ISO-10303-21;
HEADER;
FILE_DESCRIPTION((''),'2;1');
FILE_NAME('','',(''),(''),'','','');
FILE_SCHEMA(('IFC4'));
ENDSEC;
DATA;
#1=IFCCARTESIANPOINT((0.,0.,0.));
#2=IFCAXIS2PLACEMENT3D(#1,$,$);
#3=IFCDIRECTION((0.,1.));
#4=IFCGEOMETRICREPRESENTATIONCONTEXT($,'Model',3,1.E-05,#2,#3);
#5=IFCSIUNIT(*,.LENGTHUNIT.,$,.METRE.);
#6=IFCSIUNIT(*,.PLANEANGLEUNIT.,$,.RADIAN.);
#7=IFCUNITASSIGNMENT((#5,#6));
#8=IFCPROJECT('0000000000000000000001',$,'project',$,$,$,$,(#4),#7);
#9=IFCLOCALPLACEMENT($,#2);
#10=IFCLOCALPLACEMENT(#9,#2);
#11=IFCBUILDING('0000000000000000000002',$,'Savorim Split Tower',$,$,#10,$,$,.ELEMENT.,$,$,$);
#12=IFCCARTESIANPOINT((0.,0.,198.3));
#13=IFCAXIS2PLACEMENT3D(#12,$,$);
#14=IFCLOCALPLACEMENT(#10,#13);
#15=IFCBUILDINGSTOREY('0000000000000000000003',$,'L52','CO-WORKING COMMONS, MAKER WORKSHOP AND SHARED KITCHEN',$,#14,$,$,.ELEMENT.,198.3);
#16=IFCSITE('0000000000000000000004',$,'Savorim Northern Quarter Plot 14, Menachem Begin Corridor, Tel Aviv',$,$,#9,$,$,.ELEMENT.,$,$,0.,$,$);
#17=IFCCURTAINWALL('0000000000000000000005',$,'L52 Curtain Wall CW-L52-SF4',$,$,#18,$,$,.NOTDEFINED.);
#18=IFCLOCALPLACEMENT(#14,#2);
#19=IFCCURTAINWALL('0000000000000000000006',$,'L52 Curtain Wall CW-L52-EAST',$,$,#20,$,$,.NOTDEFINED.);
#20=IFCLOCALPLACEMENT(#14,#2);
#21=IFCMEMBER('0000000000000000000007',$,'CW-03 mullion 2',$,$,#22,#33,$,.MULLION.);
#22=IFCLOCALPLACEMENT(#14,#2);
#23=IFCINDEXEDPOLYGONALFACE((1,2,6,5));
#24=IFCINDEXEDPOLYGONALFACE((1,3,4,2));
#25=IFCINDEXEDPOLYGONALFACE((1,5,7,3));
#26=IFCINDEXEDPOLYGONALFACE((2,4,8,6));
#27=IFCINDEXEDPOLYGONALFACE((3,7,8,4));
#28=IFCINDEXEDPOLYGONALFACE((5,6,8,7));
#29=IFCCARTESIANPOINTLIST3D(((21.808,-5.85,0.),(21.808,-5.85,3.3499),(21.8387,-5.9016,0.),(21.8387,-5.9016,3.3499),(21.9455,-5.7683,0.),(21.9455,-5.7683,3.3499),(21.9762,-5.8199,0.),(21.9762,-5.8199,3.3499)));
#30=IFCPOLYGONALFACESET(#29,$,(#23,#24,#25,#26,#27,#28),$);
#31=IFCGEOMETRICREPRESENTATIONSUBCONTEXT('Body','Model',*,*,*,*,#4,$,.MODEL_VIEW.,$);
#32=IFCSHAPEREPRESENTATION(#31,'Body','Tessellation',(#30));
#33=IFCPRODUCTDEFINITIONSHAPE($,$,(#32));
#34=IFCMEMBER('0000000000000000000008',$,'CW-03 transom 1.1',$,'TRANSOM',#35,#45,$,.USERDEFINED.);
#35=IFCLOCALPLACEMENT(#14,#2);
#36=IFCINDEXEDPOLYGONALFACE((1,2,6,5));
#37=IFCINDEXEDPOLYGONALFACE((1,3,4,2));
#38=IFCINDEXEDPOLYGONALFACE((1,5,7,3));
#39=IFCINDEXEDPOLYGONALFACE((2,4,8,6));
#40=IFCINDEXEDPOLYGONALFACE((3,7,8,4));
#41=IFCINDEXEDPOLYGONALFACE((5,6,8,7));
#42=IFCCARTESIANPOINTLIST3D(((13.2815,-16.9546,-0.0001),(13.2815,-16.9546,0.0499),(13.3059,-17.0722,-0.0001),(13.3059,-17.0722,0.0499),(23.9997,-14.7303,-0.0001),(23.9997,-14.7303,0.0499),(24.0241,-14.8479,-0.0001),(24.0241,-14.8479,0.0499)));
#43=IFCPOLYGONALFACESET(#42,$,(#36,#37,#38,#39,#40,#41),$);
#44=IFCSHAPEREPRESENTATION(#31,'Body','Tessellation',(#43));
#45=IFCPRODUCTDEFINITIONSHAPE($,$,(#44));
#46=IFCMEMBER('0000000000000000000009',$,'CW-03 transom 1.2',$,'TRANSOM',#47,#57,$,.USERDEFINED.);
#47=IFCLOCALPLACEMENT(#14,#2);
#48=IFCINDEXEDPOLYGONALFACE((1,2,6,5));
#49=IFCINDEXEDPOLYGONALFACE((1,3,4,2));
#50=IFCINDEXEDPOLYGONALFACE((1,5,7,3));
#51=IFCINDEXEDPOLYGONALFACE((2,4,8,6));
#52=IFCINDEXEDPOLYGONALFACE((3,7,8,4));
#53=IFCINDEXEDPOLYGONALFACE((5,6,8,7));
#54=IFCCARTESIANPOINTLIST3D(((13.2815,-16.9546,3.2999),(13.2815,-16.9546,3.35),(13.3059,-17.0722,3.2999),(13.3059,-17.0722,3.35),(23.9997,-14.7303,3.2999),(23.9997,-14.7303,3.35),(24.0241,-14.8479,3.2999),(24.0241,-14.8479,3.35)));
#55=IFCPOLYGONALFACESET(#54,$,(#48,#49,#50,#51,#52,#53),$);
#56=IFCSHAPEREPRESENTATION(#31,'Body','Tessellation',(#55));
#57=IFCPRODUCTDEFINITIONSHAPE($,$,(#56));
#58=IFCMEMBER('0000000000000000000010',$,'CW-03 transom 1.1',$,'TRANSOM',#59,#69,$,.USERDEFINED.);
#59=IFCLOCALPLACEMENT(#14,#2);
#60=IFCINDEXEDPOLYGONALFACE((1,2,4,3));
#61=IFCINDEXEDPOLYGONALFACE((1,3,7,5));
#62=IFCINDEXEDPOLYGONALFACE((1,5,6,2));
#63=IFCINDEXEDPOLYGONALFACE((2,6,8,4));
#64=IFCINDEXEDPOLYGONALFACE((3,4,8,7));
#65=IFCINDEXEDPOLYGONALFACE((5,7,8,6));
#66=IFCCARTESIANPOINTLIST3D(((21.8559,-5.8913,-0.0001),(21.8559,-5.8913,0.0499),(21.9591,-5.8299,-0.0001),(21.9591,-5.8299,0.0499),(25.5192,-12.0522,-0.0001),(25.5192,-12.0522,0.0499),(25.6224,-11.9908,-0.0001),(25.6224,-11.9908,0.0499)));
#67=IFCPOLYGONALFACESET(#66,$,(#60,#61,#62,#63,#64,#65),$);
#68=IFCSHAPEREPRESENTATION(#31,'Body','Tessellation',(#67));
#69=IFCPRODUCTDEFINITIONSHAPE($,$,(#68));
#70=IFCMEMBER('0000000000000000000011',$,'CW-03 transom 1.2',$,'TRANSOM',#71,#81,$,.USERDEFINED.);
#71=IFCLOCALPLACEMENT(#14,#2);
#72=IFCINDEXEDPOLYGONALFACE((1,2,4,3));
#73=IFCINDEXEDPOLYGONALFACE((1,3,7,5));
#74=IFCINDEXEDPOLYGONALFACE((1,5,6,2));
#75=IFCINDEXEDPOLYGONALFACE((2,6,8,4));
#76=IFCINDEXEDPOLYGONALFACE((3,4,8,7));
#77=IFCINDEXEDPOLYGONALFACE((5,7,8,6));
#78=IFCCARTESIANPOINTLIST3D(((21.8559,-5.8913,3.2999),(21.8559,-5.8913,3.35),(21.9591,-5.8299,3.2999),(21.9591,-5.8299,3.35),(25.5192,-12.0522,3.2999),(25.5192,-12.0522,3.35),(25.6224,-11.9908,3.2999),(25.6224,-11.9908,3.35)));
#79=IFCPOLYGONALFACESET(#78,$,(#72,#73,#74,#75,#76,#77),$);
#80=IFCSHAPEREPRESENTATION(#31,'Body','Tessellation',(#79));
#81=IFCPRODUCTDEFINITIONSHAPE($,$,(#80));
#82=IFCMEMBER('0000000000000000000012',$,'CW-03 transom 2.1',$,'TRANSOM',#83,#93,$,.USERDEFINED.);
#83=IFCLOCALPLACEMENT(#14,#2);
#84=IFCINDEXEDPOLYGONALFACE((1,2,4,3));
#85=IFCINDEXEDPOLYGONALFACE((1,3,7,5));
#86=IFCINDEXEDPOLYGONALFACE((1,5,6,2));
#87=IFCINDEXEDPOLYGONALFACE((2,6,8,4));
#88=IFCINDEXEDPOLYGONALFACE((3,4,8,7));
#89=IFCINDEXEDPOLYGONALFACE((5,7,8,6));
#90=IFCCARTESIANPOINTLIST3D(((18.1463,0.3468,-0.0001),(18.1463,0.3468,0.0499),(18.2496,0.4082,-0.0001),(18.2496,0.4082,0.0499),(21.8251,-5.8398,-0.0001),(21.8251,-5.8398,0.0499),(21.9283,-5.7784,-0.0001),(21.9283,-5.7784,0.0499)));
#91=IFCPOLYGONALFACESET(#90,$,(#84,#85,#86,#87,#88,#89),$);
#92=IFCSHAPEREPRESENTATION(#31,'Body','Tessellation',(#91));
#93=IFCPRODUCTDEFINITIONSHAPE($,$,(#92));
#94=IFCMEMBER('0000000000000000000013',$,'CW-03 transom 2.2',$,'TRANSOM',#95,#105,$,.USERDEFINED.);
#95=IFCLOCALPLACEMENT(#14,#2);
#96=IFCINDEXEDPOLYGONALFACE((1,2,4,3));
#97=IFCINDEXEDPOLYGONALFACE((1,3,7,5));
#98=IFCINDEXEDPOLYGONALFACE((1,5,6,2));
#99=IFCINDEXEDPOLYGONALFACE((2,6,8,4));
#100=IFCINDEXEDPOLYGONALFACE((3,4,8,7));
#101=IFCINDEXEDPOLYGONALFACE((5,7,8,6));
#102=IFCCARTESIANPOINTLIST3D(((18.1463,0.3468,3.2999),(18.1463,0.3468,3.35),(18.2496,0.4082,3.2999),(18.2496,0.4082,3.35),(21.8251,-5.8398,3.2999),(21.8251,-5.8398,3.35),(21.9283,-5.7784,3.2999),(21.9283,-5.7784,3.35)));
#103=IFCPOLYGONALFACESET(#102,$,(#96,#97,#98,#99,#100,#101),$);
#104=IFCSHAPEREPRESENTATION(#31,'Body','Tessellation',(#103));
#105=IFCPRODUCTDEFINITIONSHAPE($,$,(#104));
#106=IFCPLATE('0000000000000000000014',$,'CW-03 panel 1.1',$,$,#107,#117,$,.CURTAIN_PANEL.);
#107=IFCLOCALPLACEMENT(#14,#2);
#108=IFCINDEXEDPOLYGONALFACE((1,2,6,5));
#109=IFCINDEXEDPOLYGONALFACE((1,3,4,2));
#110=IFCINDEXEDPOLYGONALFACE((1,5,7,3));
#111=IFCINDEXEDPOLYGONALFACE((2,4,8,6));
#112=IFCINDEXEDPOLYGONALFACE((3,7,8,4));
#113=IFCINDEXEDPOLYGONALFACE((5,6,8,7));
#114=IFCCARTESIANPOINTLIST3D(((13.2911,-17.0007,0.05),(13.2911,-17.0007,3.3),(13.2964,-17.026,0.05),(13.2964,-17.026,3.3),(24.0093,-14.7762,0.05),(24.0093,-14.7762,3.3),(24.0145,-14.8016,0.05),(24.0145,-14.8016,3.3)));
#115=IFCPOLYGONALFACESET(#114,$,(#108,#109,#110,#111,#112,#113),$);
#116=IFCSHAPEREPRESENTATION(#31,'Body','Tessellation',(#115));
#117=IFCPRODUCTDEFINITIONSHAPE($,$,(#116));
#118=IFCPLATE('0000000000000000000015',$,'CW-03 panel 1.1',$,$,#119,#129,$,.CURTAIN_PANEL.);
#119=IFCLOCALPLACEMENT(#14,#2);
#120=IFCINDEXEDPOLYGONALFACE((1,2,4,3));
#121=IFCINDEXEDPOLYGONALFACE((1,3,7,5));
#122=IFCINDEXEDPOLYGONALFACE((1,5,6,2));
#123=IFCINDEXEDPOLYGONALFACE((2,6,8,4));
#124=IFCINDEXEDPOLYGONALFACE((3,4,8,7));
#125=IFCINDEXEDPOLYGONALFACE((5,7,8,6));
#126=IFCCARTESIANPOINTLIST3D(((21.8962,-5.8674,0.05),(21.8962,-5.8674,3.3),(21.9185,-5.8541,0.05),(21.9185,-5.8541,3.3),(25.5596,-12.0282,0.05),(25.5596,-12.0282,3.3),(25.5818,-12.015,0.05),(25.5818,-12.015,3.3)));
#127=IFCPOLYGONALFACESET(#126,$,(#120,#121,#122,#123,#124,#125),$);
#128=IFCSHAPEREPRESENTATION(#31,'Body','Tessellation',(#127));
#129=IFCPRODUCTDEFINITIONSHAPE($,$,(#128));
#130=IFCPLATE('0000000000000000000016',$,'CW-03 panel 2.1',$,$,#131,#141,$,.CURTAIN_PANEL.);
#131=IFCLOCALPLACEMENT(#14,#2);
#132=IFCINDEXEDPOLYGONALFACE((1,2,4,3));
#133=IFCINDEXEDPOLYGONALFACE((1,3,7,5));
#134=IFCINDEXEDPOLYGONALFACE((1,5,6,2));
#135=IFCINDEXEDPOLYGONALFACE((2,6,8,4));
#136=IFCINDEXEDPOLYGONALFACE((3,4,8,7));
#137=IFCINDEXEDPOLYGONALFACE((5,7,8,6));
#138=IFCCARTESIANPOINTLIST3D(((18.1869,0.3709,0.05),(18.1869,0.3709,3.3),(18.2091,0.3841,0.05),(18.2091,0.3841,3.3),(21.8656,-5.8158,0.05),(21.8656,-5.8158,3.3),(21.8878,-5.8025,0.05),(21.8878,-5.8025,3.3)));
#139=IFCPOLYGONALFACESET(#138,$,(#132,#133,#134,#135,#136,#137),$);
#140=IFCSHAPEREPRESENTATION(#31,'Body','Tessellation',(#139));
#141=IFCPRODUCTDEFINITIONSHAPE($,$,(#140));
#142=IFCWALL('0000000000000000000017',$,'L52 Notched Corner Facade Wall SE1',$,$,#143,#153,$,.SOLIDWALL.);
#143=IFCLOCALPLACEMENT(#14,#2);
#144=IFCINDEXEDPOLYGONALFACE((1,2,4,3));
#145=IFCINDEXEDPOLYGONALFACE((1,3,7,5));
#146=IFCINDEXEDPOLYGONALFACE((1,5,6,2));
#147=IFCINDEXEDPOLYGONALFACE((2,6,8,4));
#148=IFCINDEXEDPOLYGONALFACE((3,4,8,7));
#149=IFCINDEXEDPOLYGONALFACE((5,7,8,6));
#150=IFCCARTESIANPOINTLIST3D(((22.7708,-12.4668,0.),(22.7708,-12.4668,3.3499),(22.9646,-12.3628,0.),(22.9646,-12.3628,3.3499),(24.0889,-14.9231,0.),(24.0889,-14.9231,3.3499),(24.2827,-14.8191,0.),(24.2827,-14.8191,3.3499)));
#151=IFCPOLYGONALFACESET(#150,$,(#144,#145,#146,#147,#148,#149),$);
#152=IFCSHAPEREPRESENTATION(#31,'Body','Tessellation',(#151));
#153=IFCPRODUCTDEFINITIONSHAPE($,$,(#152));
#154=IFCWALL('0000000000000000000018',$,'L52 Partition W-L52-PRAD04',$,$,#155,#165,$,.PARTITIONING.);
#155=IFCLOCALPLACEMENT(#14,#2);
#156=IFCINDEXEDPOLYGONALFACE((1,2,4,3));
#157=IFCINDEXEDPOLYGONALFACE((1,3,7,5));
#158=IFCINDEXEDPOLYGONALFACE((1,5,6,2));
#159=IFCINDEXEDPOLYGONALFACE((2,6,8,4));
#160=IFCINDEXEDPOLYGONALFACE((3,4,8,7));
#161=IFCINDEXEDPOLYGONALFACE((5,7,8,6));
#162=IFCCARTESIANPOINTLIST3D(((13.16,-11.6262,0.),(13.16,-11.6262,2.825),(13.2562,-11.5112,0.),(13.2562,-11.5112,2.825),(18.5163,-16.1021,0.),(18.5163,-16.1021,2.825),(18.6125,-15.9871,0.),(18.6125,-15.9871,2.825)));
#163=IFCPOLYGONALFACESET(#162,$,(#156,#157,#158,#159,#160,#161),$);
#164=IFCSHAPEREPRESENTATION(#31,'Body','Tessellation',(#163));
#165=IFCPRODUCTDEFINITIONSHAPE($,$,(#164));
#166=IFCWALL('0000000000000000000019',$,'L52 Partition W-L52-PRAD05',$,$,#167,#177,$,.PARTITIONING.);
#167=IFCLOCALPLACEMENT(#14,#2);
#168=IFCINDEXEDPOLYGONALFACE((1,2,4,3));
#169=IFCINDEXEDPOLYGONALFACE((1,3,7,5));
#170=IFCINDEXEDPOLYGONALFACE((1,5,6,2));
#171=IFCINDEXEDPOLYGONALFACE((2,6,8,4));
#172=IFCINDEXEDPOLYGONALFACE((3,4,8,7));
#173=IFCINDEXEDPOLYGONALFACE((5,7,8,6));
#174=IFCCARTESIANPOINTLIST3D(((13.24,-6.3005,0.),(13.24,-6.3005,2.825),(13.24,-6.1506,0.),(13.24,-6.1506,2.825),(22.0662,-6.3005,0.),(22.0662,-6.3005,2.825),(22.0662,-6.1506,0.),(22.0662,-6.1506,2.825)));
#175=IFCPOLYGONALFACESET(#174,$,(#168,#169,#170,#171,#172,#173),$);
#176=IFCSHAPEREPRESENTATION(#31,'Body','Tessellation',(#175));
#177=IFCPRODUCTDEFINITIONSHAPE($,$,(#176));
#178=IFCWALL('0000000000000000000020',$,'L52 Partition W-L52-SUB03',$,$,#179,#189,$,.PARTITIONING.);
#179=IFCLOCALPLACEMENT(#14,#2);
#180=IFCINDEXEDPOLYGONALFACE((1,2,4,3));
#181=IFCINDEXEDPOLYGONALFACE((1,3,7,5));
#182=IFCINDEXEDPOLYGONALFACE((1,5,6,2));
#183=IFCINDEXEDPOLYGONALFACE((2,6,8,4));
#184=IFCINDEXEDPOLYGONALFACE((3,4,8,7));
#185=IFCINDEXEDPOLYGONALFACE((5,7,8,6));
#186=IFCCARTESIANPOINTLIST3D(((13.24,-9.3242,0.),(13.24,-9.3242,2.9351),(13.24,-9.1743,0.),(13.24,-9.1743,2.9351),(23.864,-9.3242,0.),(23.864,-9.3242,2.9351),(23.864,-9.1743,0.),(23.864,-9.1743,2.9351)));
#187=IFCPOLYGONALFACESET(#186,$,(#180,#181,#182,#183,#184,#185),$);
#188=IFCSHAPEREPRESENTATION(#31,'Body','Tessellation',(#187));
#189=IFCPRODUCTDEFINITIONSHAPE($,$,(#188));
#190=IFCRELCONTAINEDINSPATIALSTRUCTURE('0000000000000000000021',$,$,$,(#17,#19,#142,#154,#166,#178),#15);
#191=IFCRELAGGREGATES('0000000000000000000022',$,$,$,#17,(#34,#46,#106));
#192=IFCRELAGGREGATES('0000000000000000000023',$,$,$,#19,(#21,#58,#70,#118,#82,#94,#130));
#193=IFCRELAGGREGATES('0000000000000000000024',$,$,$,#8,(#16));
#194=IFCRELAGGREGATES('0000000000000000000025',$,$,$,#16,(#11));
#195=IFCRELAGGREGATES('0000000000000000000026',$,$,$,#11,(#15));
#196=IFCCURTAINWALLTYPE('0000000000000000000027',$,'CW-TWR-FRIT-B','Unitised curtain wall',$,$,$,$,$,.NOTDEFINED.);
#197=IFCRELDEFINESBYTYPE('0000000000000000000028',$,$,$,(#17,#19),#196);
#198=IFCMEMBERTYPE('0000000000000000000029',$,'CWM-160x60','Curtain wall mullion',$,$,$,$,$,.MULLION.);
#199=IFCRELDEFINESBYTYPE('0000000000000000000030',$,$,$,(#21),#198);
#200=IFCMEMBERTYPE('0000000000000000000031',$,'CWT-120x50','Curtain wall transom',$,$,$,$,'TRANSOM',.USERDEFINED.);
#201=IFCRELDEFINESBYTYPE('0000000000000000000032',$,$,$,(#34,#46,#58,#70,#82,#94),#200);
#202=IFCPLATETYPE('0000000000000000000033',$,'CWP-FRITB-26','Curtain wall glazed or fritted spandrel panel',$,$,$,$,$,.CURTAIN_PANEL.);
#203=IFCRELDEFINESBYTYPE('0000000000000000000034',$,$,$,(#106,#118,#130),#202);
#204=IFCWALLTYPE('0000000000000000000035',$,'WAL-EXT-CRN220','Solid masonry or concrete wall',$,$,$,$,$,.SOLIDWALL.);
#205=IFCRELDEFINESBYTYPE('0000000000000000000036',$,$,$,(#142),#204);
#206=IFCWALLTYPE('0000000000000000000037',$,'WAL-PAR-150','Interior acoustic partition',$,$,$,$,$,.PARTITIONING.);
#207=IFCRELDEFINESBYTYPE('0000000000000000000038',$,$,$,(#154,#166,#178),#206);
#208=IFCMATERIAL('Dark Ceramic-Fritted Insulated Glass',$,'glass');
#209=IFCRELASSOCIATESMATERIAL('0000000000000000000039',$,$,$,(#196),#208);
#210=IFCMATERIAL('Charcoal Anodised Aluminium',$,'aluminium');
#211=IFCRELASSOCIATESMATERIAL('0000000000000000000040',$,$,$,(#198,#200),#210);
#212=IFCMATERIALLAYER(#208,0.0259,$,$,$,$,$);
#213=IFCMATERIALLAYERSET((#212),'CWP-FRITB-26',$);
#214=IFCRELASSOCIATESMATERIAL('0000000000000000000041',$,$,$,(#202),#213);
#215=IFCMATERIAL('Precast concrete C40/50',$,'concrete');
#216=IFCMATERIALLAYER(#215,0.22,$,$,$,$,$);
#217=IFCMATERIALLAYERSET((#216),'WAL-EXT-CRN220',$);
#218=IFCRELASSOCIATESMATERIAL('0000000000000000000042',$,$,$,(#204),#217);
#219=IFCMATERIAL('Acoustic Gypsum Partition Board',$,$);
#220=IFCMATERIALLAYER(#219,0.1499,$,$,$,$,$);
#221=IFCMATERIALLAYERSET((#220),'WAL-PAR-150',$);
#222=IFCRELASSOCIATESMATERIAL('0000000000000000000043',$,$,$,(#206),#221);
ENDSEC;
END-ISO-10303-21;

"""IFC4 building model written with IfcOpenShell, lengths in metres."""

from ifc_helpers import new_model, si_unit, direction, frame, frame_2d, origin, origin_2d, place, context, subcontext, project, spatial, rectangle, extrude, material, layer, layer_set, material_profile, profile_set, type_object, element, aggregate, save


model = new_model("IFC4")

# Units and contexts
model_context = context("Model", 3, precision=1e-05, world=origin(), true_north=direction((0.0, 1.0)))
body_context = subcontext(model_context, "Body", "Model", "MODEL_VIEW")
ifc_project = project(units=[si_unit("LENGTHUNIT", "METRE"), si_unit("PLANEANGLEUNIT", "RADIAN")], contexts=[model_context])

# Site, building, storey
site_placement = place(None, origin())
site = spatial("IfcSite", under=ifc_project, at=site_placement, Name="Savorim Northern Quarter Plot 14, Menachem Begin Corridor, Tel Aviv", CompositionType="ELEMENT", RefElevation=0.0)
building_placement = place(site_placement, origin())
building = spatial("IfcBuilding", under=site, at=building_placement, Name="Savorim Split Tower", CompositionType="ELEMENT")
storey_placement = place(building_placement, frame((0.0, 0.0, 198.3)))
storey = spatial("IfcBuildingStorey", under=building, at=storey_placement, Name="L52", Description="CO-WORKING COMMONS, MAKER WORKSHOP AND SHARED KITCHEN", CompositionType="ELEMENT", Elevation=198.3)

# Curtain walls, member
ifc_material_1 = material(Name="Dark Ceramic-Fritted Insulated Glass", Category="glass")
curtain_wall_type = type_object("IfcCurtainWallType", Name="CW-TWR-FRIT-B", Description="Unitised curtain wall", PredefinedType="NOTDEFINED", material=ifc_material_1)
curtain_wall_1_placement = place(storey_placement, origin())
curtain_wall_1 = element("IfcCurtainWall", 1, at=curtain_wall_1_placement, inside=storey, type_object=curtain_wall_type, Name="L52 Curtain Wall CW-L52-SF4", PredefinedType="NOTDEFINED")
ifc_material_2 = material(Name="Charcoal Anodised Aluminium", Category="aluminium")
ifc_material_profile_1 = material_profile(ifc_material_2, rectangle(XDim=0.1599, YDim=0.0601, at=origin_2d()), Name="ALU-M 160x60")
ifc_profile_set_1 = profile_set([ifc_material_profile_1], Name="Charcoal Anodised Aluminium")
member_type_1 = type_object("IfcMemberType", Name="CWM-160x60", Description="Curtain wall mullion", PredefinedType="MULLION", material=ifc_profile_set_1)
curtain_wall_2_placement = place(storey_placement, origin())
curtain_wall_2 = element("IfcCurtainWall", 2, at=curtain_wall_2_placement, inside=storey, type_object=curtain_wall_type, Name="L52 Curtain Wall CW-L52-EAST", PredefinedType="NOTDEFINED")
member_1_placement = place(storey_placement, frame((21.8921, -5.835, 0.0), z_axis=(0.0, 0.0, 1.0), x_axis=(-0.859526, -0.511092, 0.0)))
member_1 = element("IfcMember", 3, at=member_1_placement, type_object=member_type_1, Name="CW-03 mullion 2", PredefinedType="MULLION", context=body_context, shape_type="SweptSolid", body=[
    extrude(rectangle(XDim=0.1599, YDim=0.0601, at=origin_2d()), origin(), (0.0, 0.0, 1.0), 3.3499),
])

# Members
ifc_material_profile_2 = material_profile(ifc_material_2, rectangle(XDim=0.1201, YDim=0.05, at=origin_2d()), Name="ALU-T 120x50")
ifc_profile_set_2 = profile_set([ifc_material_profile_2], Name="Charcoal Anodised Aluminium")
member_type_2 = type_object("IfcMemberType", Name="CWT-120x50", Description="Curtain wall transom", ElementType="TRANSOM", PredefinedType="USERDEFINED", material=ifc_profile_set_2)
member_2_placement = place(storey_placement, frame((13.2937, -17.0134, 0.0249), z_axis=(0.979137, 0.203201, 0.0), x_axis=(-0.203201, 0.979137, 0.0)))
member_2 = element("IfcMember", 4, at=member_2_placement, type_object=member_type_2, Name="CW-03 transom 1.1", ObjectType="TRANSOM", PredefinedType="USERDEFINED", context=body_context, shape_type="SweptSolid", body=[
    extrude(rectangle(XDim=0.1201, YDim=0.05, at=origin_2d()), origin(), (0.0, 0.0, 1.0), 10.9465),
])
member_3_placement = place(storey_placement, frame((13.2937, -17.0134, 3.325), z_axis=(0.979137, 0.203201, 0.0), x_axis=(-0.203201, 0.979137, 0.0)))
member_3 = element("IfcMember", 5, at=member_3_placement, type_object=member_type_2, Name="CW-03 transom 1.2", ObjectType="TRANSOM", PredefinedType="USERDEFINED", context=body_context, shape_type="SweptSolid", body=[
    extrude(rectangle(XDim=0.1201, YDim=0.05, at=origin_2d()), origin(), (0.0, 0.0, 1.0), 10.9465),
])
member_4_placement = place(storey_placement, frame((25.5708, -12.0215, 0.0249), z_axis=(-0.511086, 0.85953, 0.0), x_axis=(-0.85953, -0.511086, 0.0)))
member_4 = element("IfcMember", 6, at=member_4_placement, type_object=member_type_2, Name="CW-03 transom 1.1", ObjectType="TRANSOM", PredefinedType="USERDEFINED", context=body_context, shape_type="SweptSolid", body=[
    extrude(rectangle(XDim=0.1201, YDim=0.05, at=origin_2d()), origin(), (0.0, 0.0, 1.0), 7.1677),
])
member_5_placement = place(storey_placement, frame((25.5708, -12.0215, 3.325), z_axis=(-0.511086, 0.85953, 0.0), x_axis=(-0.85953, -0.511086, 0.0)))
member_5 = element("IfcMember", 7, at=member_5_placement, type_object=member_type_2, Name="CW-03 transom 1.2", ObjectType="TRANSOM", PredefinedType="USERDEFINED", context=body_context, shape_type="SweptSolid", body=[
    extrude(rectangle(XDim=0.1201, YDim=0.05, at=origin_2d()), origin(), (0.0, 0.0, 1.0), 7.1677),
])
member_6_placement = place(storey_placement, frame((21.8767, -5.8091, 0.0249), z_axis=(-0.5111, 0.859521, 0.0), x_axis=(-0.859521, -0.5111, 0.0)))
member_6 = element("IfcMember", 8, at=member_6_placement, type_object=member_type_2, Name="CW-03 transom 2.1", ObjectType="TRANSOM", PredefinedType="USERDEFINED", context=body_context, shape_type="SweptSolid", body=[
    extrude(rectangle(XDim=0.1201, YDim=0.05, at=origin_2d()), origin(), (0.0, 0.0, 1.0), 7.1978),
])
member_7_placement = place(storey_placement, frame((21.8767, -5.8091, 3.325), z_axis=(-0.5111, 0.859521, 0.0), x_axis=(-0.859521, -0.5111, 0.0)))
member_7 = element("IfcMember", 9, at=member_7_placement, type_object=member_type_2, Name="CW-03 transom 2.2", ObjectType="TRANSOM", PredefinedType="USERDEFINED", context=body_context, shape_type="SweptSolid", body=[
    extrude(rectangle(XDim=0.1201, YDim=0.05, at=origin_2d()), origin(), (0.0, 0.0, 1.0), 7.1978),
])

# Plates
ifc_layer_1 = layer(ifc_material_1, 0.0259)
ifc_layer_set_1 = layer_set([ifc_layer_1], Name="CWP-FRITB-26")
plate_type = type_object("IfcPlateType", Name="CWP-FRITB-26", Description="Curtain wall glazed or fritted spandrel panel", PredefinedType="CURTAIN_PANEL", material=ifc_layer_set_1)
plate_1_placement = place(storey_placement, frame((18.6528, -15.9011, 0.05), z_axis=(0.0, 0.0, 1.0), x_axis=(0.979136, 0.203208, 0.0)))
plate_1 = element("IfcPlate", 10, at=plate_1_placement, type_object=plate_type, Name="CW-03 panel 1.1", PredefinedType="CURTAIN_PANEL", context=body_context, shape_type="SweptSolid", body=[
    extrude(rectangle(XDim=10.9465, YDim=0.0259, at=origin_2d()), origin(), (0.0, 0.0, 1.0), 3.25),
])
aggregate(curtain_wall_1, [member_2, member_3, plate_1])
plate_2_placement = place(storey_placement, frame((23.739, -8.9412, 0.05), z_axis=(0.0, 0.0, 1.0), x_axis=(-0.511092, 0.859526, 0.0)))
plate_2 = element("IfcPlate", 11, at=plate_2_placement, type_object=plate_type, Name="CW-03 panel 1.1", PredefinedType="CURTAIN_PANEL", context=body_context, shape_type="SweptSolid", body=[
    extrude(rectangle(XDim=7.1677, YDim=0.0259, at=origin_2d()), origin(), (0.0, 0.0, 1.0), 3.25),
])
plate_3_placement = place(storey_placement, frame((20.0374, -2.7158, 0.05), z_axis=(0.0, 0.0, 1.0), x_axis=(-0.511092, 0.859526, 0.0)))
plate_3 = element("IfcPlate", 12, at=plate_3_placement, type_object=plate_type, Name="CW-03 panel 2.1", PredefinedType="CURTAIN_PANEL", context=body_context, shape_type="SweptSolid", body=[
    extrude(rectangle(XDim=7.1978, YDim=0.0259, at=origin_2d()), origin(), (0.0, 0.0, 1.0), 3.25),
])
aggregate(curtain_wall_2, [member_1, member_4, member_5, plate_2, member_6, member_7, plate_3])

# Wall
ifc_material_3 = material(Name="Precast concrete C40/50", Category="concrete")
ifc_layer_2 = layer(ifc_material_3, 0.22)
ifc_layer_set_2 = layer_set([ifc_layer_2], Name="WAL-EXT-CRN220")
wall_type_1 = type_object("IfcWallType", Name="WAL-EXT-CRN220", Description="Solid masonry or concrete wall", PredefinedType="SOLIDWALL", material=ifc_layer_set_2)
wall_1_placement = place(storey_placement, frame((22.8677, -12.4148, 0.0), z_axis=(0.0, 0.0, 1.0), x_axis=(0.472846, -0.881145, 0.0)))
element("IfcWall", 13, at=wall_1_placement, inside=storey, type_object=wall_type_1, Name="L52 Notched Corner Facade Wall SE1", PredefinedType="SOLIDWALL", context=body_context, shape_type="SweptSolid", body=[
    extrude(rectangle(XDim=2.7876, YDim=0.22, at=frame_2d((1.3938, 0.0))), origin(), (0.0, 0.0, 1.0), 3.3499),
])

# Walls
ifc_material_4 = material(Name="Acoustic Gypsum Partition Board")
ifc_layer_3 = layer(ifc_material_4, 0.1499)
ifc_layer_set_3 = layer_set([ifc_layer_3], Name="WAL-PAR-150")
wall_type_2 = type_object("IfcWallType", Name="WAL-PAR-150", Description="Interior acoustic partition", PredefinedType="PARTITIONING", material=ifc_layer_set_3)
wall_2_placement = place(storey_placement, frame((13.208, -11.5686, 0.0), z_axis=(0.0, 0.0, 1.0), x_axis=(0.767352, -0.641226, 0.0)))
element("IfcWall", 14, at=wall_2_placement, inside=storey, type_object=wall_type_2, Name="L52 Partition W-L52-PRAD04", PredefinedType="PARTITIONING", context=body_context, shape_type="SweptSolid", body=[
    extrude(rectangle(XDim=6.9802, YDim=0.1499, at=frame_2d((3.4902, 0.0))), origin(), (0.0, 0.0, 1.0), 2.825),
])
wall_3_placement = place(storey_placement, frame((13.24, -6.2256, 0.0), z_axis=(0.0, 0.0, 1.0), x_axis=(1.0, 0.0, 0.0)))
element("IfcWall", 15, at=wall_3_placement, inside=storey, type_object=wall_type_2, Name="L52 Partition W-L52-PRAD05", PredefinedType="PARTITIONING", context=body_context, shape_type="SweptSolid", body=[
    extrude(rectangle(XDim=8.8262, YDim=0.1499, at=frame_2d((4.4131, 0.0))), origin(), (0.0, 0.0, 1.0), 2.825),
])
wall_4_placement = place(storey_placement, frame((13.24, -9.2493, 0.0), z_axis=(0.0, 0.0, 1.0), x_axis=(1.0, 0.0, 0.0)))
element("IfcWall", 16, at=wall_4_placement, inside=storey, type_object=wall_type_2, Name="L52 Partition W-L52-SUB03", PredefinedType="PARTITIONING", context=body_context, shape_type="SweptSolid", body=[
    extrude(rectangle(XDim=10.624, YDim=0.1499, at=frame_2d((5.312, 0.0))), origin(), (0.0, 0.0, 1.0), 2.9351),
])

save(model, "model.ifc")
